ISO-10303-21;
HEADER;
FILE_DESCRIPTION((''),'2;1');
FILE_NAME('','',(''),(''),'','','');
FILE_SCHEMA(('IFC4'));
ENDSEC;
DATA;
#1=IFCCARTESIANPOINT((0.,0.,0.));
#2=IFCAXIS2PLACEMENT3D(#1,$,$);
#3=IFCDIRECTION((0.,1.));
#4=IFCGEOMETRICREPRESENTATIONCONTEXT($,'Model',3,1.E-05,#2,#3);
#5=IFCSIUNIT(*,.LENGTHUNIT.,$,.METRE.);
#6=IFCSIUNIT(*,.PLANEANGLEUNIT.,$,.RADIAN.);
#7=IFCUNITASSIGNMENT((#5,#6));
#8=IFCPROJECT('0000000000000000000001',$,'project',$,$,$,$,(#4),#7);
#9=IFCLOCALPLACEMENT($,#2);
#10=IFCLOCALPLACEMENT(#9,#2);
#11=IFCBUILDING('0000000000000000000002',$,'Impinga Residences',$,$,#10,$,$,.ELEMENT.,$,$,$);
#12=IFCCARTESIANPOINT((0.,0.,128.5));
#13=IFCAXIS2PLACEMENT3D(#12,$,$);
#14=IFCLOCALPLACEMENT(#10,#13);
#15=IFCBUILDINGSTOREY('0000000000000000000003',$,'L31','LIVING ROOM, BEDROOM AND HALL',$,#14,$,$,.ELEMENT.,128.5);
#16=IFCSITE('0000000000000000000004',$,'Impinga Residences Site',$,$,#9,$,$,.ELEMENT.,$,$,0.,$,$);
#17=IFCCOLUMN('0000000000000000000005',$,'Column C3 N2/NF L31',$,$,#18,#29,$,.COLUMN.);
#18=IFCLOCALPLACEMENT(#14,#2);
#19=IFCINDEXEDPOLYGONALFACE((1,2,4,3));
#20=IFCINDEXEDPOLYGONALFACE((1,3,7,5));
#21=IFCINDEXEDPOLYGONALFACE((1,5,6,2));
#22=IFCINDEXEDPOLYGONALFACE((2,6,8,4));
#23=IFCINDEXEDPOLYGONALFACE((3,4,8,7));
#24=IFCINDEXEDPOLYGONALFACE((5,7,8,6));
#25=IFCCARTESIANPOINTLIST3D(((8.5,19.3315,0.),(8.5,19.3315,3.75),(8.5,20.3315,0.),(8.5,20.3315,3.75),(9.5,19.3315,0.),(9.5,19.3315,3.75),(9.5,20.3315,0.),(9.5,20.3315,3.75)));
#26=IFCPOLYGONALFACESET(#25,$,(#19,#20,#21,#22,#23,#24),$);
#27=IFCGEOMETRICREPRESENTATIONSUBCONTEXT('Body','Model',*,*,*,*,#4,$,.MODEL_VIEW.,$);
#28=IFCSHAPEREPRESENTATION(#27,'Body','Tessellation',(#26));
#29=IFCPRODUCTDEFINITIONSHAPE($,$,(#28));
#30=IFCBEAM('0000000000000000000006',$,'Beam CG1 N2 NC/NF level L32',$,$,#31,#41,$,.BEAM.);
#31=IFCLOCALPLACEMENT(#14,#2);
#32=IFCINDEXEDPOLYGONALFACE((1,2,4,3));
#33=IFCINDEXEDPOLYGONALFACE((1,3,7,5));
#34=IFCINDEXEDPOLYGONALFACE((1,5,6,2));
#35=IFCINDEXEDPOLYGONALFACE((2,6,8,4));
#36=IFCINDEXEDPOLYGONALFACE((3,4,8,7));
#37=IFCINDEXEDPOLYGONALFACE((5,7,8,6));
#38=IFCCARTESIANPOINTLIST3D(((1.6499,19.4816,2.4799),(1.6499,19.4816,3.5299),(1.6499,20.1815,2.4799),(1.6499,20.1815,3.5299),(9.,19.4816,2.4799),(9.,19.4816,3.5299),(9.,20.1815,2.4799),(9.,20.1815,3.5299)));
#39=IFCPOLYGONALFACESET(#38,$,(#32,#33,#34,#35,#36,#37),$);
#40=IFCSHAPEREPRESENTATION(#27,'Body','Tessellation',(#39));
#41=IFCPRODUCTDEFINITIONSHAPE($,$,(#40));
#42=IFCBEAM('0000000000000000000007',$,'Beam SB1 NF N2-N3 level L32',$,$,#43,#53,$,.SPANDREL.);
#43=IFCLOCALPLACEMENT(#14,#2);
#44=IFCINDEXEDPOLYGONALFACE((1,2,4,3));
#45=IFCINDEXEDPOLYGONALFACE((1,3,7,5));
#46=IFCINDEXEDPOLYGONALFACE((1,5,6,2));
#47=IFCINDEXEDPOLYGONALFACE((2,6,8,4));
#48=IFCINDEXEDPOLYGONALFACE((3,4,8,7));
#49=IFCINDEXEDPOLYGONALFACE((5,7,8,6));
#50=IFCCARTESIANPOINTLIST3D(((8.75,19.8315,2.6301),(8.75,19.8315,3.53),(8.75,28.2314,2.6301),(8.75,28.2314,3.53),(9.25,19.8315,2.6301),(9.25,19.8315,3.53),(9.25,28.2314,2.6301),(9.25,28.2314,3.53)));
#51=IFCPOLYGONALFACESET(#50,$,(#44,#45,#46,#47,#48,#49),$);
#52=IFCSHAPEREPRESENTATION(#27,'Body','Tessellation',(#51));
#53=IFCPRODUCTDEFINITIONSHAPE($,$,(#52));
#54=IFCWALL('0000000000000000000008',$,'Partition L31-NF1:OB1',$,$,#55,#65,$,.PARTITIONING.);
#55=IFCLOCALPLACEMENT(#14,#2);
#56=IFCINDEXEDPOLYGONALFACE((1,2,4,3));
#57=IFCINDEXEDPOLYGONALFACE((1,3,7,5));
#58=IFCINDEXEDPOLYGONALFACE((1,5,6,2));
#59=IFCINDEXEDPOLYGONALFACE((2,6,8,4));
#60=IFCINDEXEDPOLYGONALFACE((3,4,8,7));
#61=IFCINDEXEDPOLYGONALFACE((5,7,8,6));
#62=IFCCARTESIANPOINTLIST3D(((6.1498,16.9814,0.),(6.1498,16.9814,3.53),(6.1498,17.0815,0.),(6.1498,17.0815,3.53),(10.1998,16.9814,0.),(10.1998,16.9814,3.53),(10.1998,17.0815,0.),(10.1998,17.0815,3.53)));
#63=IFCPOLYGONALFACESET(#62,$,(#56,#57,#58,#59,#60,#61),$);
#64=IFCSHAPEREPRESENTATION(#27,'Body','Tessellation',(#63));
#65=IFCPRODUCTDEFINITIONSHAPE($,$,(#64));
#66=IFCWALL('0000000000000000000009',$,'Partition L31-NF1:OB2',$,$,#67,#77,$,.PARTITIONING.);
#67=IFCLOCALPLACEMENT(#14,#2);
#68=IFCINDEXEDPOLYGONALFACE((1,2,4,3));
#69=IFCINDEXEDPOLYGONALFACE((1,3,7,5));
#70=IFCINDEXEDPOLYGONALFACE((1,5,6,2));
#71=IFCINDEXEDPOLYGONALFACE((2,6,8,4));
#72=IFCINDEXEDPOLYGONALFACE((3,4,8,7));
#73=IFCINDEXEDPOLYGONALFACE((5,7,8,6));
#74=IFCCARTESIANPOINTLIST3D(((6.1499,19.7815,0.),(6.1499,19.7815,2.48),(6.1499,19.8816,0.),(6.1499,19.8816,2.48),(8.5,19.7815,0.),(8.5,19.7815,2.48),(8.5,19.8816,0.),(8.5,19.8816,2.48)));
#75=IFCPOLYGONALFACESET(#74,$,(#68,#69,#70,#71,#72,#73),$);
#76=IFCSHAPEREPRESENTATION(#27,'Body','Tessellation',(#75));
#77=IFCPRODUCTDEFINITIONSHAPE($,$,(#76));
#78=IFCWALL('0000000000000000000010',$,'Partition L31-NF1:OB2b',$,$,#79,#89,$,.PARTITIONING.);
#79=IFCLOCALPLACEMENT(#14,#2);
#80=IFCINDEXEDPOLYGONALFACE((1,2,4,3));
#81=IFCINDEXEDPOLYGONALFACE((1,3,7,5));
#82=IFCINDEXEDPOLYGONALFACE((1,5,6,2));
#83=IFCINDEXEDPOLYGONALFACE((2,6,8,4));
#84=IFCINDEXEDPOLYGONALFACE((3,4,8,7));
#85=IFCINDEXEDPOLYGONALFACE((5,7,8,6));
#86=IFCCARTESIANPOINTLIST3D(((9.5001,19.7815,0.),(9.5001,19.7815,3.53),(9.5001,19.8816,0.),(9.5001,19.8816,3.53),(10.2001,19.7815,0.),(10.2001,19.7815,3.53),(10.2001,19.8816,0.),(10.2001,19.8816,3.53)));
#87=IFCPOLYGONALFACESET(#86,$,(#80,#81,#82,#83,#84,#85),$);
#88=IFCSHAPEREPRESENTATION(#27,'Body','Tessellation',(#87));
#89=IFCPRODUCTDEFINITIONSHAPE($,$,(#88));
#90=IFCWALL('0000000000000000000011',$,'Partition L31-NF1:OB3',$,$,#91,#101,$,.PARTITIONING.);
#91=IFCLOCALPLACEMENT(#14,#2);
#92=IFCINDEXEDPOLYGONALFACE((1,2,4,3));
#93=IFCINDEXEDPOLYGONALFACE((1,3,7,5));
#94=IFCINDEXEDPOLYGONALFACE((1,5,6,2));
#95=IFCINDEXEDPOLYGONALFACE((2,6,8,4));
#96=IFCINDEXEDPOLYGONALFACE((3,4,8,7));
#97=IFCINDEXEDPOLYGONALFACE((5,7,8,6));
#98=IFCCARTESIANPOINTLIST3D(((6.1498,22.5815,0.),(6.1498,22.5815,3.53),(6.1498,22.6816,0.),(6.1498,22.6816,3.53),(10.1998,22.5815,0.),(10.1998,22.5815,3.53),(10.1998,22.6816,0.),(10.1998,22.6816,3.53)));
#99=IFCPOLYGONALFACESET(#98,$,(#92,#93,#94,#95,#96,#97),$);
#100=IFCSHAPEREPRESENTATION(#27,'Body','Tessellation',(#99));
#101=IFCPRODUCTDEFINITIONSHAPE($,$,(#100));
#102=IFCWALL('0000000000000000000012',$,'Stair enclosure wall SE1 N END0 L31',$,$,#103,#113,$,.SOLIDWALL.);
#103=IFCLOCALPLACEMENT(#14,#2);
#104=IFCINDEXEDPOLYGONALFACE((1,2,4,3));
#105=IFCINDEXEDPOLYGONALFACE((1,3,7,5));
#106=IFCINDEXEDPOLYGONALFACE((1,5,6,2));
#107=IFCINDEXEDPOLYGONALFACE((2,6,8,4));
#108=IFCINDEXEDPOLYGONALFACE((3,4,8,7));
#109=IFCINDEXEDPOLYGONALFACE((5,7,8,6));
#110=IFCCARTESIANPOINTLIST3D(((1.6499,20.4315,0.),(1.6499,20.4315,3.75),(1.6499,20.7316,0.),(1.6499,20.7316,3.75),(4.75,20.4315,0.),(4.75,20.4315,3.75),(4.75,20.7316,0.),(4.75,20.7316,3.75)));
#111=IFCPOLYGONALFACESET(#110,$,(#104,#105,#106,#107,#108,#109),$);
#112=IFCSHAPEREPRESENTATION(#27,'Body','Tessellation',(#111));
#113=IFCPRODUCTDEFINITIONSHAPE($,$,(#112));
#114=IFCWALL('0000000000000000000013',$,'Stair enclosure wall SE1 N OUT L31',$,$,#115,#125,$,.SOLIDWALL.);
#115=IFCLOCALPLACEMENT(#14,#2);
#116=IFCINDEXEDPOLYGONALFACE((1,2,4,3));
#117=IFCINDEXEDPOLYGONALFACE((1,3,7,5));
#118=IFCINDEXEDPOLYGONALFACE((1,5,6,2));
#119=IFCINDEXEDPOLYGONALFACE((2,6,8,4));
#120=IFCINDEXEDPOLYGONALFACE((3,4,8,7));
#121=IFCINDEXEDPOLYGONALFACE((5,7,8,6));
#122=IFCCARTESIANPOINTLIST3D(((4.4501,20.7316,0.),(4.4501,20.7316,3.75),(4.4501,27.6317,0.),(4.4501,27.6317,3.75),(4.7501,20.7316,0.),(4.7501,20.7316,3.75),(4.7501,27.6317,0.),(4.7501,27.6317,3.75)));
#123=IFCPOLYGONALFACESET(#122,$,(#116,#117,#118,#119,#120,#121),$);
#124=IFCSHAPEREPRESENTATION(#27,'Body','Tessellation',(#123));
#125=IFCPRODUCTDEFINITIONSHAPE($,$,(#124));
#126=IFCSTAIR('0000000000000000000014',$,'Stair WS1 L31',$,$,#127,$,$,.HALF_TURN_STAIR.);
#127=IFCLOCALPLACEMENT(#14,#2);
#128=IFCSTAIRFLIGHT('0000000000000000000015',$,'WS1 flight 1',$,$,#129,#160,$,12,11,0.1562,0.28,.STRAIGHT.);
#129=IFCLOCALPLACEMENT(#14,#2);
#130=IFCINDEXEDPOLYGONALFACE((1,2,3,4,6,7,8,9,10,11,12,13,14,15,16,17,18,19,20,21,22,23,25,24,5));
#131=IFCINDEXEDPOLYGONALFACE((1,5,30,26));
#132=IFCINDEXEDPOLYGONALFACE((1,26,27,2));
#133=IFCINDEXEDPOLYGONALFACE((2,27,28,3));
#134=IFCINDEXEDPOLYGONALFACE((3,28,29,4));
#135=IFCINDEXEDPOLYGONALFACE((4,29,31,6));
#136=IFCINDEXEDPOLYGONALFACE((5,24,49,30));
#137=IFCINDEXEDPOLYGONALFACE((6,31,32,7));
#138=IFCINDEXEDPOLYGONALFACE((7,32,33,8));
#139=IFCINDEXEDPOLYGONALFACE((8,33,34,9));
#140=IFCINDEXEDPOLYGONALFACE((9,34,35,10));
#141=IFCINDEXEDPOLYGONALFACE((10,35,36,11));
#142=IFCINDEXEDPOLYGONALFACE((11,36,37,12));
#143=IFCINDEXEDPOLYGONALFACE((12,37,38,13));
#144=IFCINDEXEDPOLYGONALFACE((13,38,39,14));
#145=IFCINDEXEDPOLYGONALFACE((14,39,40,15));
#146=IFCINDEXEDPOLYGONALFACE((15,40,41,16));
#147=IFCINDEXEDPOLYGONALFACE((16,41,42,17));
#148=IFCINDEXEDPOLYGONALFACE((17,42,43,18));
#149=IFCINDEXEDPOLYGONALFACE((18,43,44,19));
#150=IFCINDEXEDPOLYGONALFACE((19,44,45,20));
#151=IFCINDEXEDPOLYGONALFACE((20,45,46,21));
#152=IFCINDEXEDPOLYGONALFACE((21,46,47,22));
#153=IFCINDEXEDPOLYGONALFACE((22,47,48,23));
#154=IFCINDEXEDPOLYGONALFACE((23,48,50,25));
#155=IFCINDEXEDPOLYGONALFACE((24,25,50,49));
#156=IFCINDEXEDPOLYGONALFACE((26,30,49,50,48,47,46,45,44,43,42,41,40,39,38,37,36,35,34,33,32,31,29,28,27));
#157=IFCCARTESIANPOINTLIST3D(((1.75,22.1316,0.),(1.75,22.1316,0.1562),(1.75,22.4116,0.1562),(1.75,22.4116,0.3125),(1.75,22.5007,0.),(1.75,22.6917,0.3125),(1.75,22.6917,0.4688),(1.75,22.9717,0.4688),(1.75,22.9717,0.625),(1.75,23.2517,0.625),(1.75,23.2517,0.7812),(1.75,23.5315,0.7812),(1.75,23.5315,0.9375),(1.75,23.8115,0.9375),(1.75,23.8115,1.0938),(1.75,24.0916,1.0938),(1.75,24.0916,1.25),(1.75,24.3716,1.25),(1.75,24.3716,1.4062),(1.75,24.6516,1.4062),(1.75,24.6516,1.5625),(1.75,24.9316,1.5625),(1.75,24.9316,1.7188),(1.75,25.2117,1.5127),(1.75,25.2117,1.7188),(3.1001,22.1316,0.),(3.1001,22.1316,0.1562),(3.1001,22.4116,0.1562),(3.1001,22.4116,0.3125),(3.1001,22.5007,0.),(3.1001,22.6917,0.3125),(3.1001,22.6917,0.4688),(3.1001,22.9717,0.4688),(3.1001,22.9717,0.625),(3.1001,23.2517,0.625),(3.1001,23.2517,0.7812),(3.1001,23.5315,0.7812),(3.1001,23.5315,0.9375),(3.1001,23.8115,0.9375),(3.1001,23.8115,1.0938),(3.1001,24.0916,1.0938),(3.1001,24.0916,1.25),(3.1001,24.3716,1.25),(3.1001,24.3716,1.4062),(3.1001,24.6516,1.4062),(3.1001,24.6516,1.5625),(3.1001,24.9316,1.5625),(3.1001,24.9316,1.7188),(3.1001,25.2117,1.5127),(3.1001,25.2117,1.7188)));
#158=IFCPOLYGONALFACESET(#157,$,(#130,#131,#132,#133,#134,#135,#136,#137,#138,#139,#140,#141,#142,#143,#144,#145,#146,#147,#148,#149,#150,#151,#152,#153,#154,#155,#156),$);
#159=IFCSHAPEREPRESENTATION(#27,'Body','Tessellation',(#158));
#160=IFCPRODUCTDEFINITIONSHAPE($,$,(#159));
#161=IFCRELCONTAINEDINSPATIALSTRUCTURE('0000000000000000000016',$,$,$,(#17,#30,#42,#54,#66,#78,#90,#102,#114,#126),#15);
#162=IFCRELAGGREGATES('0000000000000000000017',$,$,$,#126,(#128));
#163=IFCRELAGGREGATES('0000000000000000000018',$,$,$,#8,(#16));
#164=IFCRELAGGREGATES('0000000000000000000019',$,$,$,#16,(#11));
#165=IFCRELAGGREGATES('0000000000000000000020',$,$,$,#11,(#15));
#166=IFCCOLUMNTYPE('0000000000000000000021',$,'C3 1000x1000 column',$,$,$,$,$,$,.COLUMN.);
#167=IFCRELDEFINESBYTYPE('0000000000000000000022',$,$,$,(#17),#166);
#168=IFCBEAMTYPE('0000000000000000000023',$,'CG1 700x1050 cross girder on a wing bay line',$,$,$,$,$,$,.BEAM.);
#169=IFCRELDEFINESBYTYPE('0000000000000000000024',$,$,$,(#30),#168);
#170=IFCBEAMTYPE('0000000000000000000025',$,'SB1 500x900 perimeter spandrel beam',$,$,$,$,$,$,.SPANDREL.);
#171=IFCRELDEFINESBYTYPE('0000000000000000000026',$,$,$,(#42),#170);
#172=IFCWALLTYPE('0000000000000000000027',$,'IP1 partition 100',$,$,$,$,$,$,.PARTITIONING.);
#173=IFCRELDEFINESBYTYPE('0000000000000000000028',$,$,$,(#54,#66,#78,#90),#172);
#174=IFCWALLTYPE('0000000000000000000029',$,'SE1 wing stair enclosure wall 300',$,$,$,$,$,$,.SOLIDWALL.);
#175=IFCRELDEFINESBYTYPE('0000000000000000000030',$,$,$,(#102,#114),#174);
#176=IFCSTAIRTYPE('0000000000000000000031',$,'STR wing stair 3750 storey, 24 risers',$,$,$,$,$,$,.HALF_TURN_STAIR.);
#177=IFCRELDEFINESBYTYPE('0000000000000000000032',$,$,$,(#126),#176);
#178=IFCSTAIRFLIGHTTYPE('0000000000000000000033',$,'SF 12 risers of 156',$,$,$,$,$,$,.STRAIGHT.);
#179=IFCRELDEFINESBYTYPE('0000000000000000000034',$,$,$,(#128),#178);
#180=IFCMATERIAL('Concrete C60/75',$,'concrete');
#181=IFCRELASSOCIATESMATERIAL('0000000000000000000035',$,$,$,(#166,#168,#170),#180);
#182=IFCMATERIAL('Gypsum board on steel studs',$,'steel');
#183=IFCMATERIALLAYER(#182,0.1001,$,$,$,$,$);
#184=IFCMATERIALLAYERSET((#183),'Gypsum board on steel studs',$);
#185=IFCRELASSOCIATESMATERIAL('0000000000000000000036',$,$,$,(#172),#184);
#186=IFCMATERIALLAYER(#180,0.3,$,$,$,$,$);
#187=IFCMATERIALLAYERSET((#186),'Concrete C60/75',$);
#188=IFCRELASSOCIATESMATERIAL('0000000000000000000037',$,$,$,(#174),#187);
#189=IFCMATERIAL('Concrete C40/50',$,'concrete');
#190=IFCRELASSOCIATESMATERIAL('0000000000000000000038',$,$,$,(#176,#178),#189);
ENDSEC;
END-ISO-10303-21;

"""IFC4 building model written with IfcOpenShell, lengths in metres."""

from ifc_helpers import new_model, si_unit, direction, frame, frame_2d, origin, origin_2d, place, context, subcontext, project, spatial, polyline, rectangle, outline, extrude, material, layer, layer_set, material_profile, profile_set, type_object, element, aggregate, save


model = new_model("IFC4")

# Units and contexts
model_context = context("Model", 3, precision=1e-05, world=origin(), true_north=direction((0.0, 1.0)))
body_context = subcontext(model_context, "Body", "Model", "MODEL_VIEW")
ifc_project = project(units=[si_unit("LENGTHUNIT", "METRE"), si_unit("PLANEANGLEUNIT", "RADIAN")], contexts=[model_context])

# Site, building, storey
site_placement = place(None, origin())
site = spatial("IfcSite", under=ifc_project, at=site_placement, Name="Impinga Residences Site", CompositionType="ELEMENT", RefElevation=0.0)
building_placement = place(site_placement, origin())
building = spatial("IfcBuilding", under=site, at=building_placement, Name="Impinga Residences", CompositionType="ELEMENT")
storey_placement = place(building_placement, frame((0.0, 0.0, 128.5)))
storey = spatial("IfcBuildingStorey", under=building, at=storey_placement, Name="L31", Description="LIVING ROOM, BEDROOM AND HALL", CompositionType="ELEMENT", Elevation=128.5)

# Column
ifc_material_1 = material(Name="Concrete C60/75", Category="concrete")
ifc_material_profile_1 = material_profile(ifc_material_1, rectangle(XDim=1.0, YDim=1.0, at=origin_2d()), Name="RC 1000x1000")
ifc_profile_set_1 = profile_set([ifc_material_profile_1], Name="Concrete C60/75")
column_type = type_object("IfcColumnType", Name="C3 1000x1000 column", PredefinedType="COLUMN", material=ifc_profile_set_1)
column_placement = place(storey_placement, frame((9.0, 19.8315, 0.0), z_axis=(0.0, 0.0, 1.0), x_axis=(1.0, 0.0, 0.0)))
element("IfcColumn", 1, at=column_placement, inside=storey, type_object=column_type, Name="Column C3 N2/NF L31", PredefinedType="COLUMN", context=body_context, shape_type="SweptSolid", body=[
    extrude(rectangle(XDim=1.0, YDim=1.0, at=origin_2d()), origin(), (0.0, 0.0, 1.0), 3.75),
])

# Beams
ifc_material_profile_2 = material_profile(ifc_material_1, rectangle(XDim=0.7, YDim=1.05, at=origin_2d()), Name="RC 700x1050")
ifc_profile_set_2 = profile_set([ifc_material_profile_2], Name="Concrete C60/75")
beam_type_1 = type_object("IfcBeamType", Name="CG1 700x1050 cross girder on a wing bay line", PredefinedType="BEAM", material=ifc_profile_set_2)
beam_1_placement = place(storey_placement, frame((1.6499, 19.8315, 3.0049), z_axis=(1.0, 0.0, 0.0), x_axis=(0.0, 1.0, 0.0)))
element("IfcBeam", 2, at=beam_1_placement, inside=storey, type_object=beam_type_1, Name="Beam CG1 N2 NC/NF level L32", PredefinedType="BEAM", context=body_context, shape_type="SweptSolid", body=[
    extrude(rectangle(XDim=0.7, YDim=1.05, at=origin_2d()), origin(), (0.0, 0.0, 1.0), 7.3501),
])
ifc_material_profile_3 = material_profile(ifc_material_1, rectangle(XDim=0.5, YDim=0.8999, at=origin_2d()), Name="RC 500x900")
ifc_profile_set_3 = profile_set([ifc_material_profile_3], Name="Concrete C60/75")
beam_type_2 = type_object("IfcBeamType", Name="SB1 500x900 perimeter spandrel beam", PredefinedType="SPANDREL", material=ifc_profile_set_3)
beam_2_placement = place(storey_placement, frame((9.0, 19.8315, 3.0801), z_axis=(0.0, 1.0, 0.0), x_axis=(-1.0, 0.0, 0.0)))
element("IfcBeam", 3, at=beam_2_placement, inside=storey, type_object=beam_type_2, Name="Beam SB1 NF N2-N3 level L32", PredefinedType="SPANDREL", context=body_context, shape_type="SweptSolid", body=[
    extrude(rectangle(XDim=0.5, YDim=0.8999, at=origin_2d()), origin(), (0.0, 0.0, 1.0), 8.3999),
])

# Walls
ifc_material_2 = material(Name="Gypsum board on steel studs", Category="steel")
ifc_layer_1 = layer(ifc_material_2, 0.1001)
ifc_layer_set_1 = layer_set([ifc_layer_1], Name="Gypsum board on steel studs")
wall_type_1 = type_object("IfcWallType", Name="IP1 partition 100", PredefinedType="PARTITIONING", material=ifc_layer_set_1)
wall_1_placement = place(storey_placement, frame((6.1499, 17.0315, 0.0), z_axis=(0.0, 0.0, 1.0), x_axis=(1.0, 0.0, 0.0)))
element("IfcWall", 4, at=wall_1_placement, inside=storey, type_object=wall_type_1, Name="Partition L31-NF1:OB1", PredefinedType="PARTITIONING", context=body_context, shape_type="SweptSolid", body=[
    extrude(rectangle(XDim=4.05, YDim=0.1001, at=frame_2d((2.0249, 0.0))), origin(), (0.0, 0.0, 1.0), 3.53),
])
wall_2_placement = place(storey_placement, frame((6.1499, 19.8315, 0.0), z_axis=(0.0, 0.0, 1.0), x_axis=(1.0, 0.0, 0.0)))
element("IfcWall", 5, at=wall_2_placement, inside=storey, type_object=wall_type_1, Name="Partition L31-NF1:OB2", PredefinedType="PARTITIONING", context=body_context, shape_type="SweptSolid", body=[
    extrude(rectangle(XDim=2.3501, YDim=0.1001, at=frame_2d((1.175, 0.0))), origin(), (0.0, 0.0, 1.0), 2.48),
])
wall_3_placement = place(storey_placement, frame((9.5, 19.8315, 0.0), z_axis=(0.0, 0.0, 1.0), x_axis=(1.0, 0.0, 0.0)))
element("IfcWall", 6, at=wall_3_placement, inside=storey, type_object=wall_type_1, Name="Partition L31-NF1:OB2b", PredefinedType="PARTITIONING", context=body_context, shape_type="SweptSolid", body=[
    extrude(rectangle(XDim=0.7, YDim=0.1001, at=frame_2d((0.3501, 0.0))), origin(), (0.0, 0.0, 1.0), 3.53),
])
wall_4_placement = place(storey_placement, frame((6.1499, 22.6316, 0.0), z_axis=(0.0, 0.0, 1.0), x_axis=(1.0, 0.0, 0.0)))
element("IfcWall", 7, at=wall_4_placement, inside=storey, type_object=wall_type_1, Name="Partition L31-NF1:OB3", PredefinedType="PARTITIONING", context=body_context, shape_type="SweptSolid", body=[
    extrude(rectangle(XDim=4.05, YDim=0.1001, at=frame_2d((2.0249, 0.0))), origin(), (0.0, 0.0, 1.0), 3.53),
])
ifc_layer_2 = layer(ifc_material_1, 0.3)
ifc_layer_set_2 = layer_set([ifc_layer_2], Name="Concrete C60/75")
wall_type_2 = type_object("IfcWallType", Name="SE1 wing stair enclosure wall 300", PredefinedType="SOLIDWALL", material=ifc_layer_set_2)
wall_5_placement = place(storey_placement, frame((1.6499, 20.5815, 0.0), z_axis=(0.0, 0.0, 1.0), x_axis=(1.0, 0.0, 0.0)))
element("IfcWall", 8, at=wall_5_placement, inside=storey, type_object=wall_type_2, Name="Stair enclosure wall SE1 N END0 L31", PredefinedType="SOLIDWALL", context=body_context, shape_type="SweptSolid", body=[
    extrude(rectangle(XDim=3.1001, YDim=0.3, at=frame_2d((1.55, 0.0))), origin(), (0.0, 0.0, 1.0), 3.75),
])
wall_6_placement = place(storey_placement, frame((4.6001, 20.7314, 0.0), z_axis=(0.0, 0.0, 1.0), x_axis=(0.0, 1.0, 0.0)))
element("IfcWall", 9, at=wall_6_placement, inside=storey, type_object=wall_type_2, Name="Stair enclosure wall SE1 N OUT L31", PredefinedType="SOLIDWALL", context=body_context, shape_type="SweptSolid", body=[
    extrude(rectangle(XDim=6.9001, YDim=0.3, at=frame_2d((3.4502, 0.0))), origin(), (0.0, 0.0, 1.0), 3.75),
])

# Stair, stair flight
ifc_material_3 = material(Name="Concrete C40/50", Category="concrete")
stair_type = type_object("IfcStairType", Name="STR wing stair 3750 storey, 24 risers", PredefinedType="HALF_TURN_STAIR", material=ifc_material_3)
stair_placement = place(storey_placement, origin())
stair = element("IfcStair", 10, at=stair_placement, inside=storey, type_object=stair_type, Name="Stair WS1 L31", PredefinedType="HALF_TURN_STAIR")
stair_flight_type = type_object("IfcStairFlightType", Name="SF 12 risers of 156", PredefinedType="STRAIGHT", material=ifc_material_3)
stair_flight_placement = place(storey_placement, frame((2.425, 22.1316, 0.0), z_axis=(0.0, 0.0, 1.0), x_axis=(0.0, 1.0, 0.0)))
stair_flight = element("IfcStairFlight", 11, at=stair_flight_placement, type_object=stair_flight_type, Name="WS1 flight 1", NumberOfRisers=12, NumberOfTreads=11, PredefinedType="STRAIGHT", RiserHeight=0.1562, TreadLength=0.28, context=body_context, shape_type="SweptSolid", body=[
    extrude(outline(polyline([(0.0, 0.0), (0.0, 0.1562), (0.28, 0.1562), (0.28, 0.3125), (0.5601, 0.3125), (0.5601, 0.4688), (0.8401, 0.4688), (0.8401, 0.625), (1.1201, 0.625), (1.1201, 0.7812), (1.3999, 0.7812), (1.3999, 0.9375), (1.6799, 0.9375), (1.6799, 1.0938), (1.96, 1.0938), (1.96, 1.25), (2.24, 1.25), (2.24, 1.4062), (2.52, 1.4062), (2.52, 1.5625), (2.8, 1.5625), (2.8, 1.7188), (3.0801, 1.7188), (3.0801, 1.875), (3.0801, 1.5127), (0.3691, 0.0), (0.0, 0.0)])), frame((0.0, 0.675, 0.0), z_axis=(0.0, -1.0, 0.0), x_axis=(1.0, 0.0, 0.0)), (0.0, 0.0, 1.0), 1.3501),
])
aggregate(stair, [stair_flight])

save(model, "model.ifc")
